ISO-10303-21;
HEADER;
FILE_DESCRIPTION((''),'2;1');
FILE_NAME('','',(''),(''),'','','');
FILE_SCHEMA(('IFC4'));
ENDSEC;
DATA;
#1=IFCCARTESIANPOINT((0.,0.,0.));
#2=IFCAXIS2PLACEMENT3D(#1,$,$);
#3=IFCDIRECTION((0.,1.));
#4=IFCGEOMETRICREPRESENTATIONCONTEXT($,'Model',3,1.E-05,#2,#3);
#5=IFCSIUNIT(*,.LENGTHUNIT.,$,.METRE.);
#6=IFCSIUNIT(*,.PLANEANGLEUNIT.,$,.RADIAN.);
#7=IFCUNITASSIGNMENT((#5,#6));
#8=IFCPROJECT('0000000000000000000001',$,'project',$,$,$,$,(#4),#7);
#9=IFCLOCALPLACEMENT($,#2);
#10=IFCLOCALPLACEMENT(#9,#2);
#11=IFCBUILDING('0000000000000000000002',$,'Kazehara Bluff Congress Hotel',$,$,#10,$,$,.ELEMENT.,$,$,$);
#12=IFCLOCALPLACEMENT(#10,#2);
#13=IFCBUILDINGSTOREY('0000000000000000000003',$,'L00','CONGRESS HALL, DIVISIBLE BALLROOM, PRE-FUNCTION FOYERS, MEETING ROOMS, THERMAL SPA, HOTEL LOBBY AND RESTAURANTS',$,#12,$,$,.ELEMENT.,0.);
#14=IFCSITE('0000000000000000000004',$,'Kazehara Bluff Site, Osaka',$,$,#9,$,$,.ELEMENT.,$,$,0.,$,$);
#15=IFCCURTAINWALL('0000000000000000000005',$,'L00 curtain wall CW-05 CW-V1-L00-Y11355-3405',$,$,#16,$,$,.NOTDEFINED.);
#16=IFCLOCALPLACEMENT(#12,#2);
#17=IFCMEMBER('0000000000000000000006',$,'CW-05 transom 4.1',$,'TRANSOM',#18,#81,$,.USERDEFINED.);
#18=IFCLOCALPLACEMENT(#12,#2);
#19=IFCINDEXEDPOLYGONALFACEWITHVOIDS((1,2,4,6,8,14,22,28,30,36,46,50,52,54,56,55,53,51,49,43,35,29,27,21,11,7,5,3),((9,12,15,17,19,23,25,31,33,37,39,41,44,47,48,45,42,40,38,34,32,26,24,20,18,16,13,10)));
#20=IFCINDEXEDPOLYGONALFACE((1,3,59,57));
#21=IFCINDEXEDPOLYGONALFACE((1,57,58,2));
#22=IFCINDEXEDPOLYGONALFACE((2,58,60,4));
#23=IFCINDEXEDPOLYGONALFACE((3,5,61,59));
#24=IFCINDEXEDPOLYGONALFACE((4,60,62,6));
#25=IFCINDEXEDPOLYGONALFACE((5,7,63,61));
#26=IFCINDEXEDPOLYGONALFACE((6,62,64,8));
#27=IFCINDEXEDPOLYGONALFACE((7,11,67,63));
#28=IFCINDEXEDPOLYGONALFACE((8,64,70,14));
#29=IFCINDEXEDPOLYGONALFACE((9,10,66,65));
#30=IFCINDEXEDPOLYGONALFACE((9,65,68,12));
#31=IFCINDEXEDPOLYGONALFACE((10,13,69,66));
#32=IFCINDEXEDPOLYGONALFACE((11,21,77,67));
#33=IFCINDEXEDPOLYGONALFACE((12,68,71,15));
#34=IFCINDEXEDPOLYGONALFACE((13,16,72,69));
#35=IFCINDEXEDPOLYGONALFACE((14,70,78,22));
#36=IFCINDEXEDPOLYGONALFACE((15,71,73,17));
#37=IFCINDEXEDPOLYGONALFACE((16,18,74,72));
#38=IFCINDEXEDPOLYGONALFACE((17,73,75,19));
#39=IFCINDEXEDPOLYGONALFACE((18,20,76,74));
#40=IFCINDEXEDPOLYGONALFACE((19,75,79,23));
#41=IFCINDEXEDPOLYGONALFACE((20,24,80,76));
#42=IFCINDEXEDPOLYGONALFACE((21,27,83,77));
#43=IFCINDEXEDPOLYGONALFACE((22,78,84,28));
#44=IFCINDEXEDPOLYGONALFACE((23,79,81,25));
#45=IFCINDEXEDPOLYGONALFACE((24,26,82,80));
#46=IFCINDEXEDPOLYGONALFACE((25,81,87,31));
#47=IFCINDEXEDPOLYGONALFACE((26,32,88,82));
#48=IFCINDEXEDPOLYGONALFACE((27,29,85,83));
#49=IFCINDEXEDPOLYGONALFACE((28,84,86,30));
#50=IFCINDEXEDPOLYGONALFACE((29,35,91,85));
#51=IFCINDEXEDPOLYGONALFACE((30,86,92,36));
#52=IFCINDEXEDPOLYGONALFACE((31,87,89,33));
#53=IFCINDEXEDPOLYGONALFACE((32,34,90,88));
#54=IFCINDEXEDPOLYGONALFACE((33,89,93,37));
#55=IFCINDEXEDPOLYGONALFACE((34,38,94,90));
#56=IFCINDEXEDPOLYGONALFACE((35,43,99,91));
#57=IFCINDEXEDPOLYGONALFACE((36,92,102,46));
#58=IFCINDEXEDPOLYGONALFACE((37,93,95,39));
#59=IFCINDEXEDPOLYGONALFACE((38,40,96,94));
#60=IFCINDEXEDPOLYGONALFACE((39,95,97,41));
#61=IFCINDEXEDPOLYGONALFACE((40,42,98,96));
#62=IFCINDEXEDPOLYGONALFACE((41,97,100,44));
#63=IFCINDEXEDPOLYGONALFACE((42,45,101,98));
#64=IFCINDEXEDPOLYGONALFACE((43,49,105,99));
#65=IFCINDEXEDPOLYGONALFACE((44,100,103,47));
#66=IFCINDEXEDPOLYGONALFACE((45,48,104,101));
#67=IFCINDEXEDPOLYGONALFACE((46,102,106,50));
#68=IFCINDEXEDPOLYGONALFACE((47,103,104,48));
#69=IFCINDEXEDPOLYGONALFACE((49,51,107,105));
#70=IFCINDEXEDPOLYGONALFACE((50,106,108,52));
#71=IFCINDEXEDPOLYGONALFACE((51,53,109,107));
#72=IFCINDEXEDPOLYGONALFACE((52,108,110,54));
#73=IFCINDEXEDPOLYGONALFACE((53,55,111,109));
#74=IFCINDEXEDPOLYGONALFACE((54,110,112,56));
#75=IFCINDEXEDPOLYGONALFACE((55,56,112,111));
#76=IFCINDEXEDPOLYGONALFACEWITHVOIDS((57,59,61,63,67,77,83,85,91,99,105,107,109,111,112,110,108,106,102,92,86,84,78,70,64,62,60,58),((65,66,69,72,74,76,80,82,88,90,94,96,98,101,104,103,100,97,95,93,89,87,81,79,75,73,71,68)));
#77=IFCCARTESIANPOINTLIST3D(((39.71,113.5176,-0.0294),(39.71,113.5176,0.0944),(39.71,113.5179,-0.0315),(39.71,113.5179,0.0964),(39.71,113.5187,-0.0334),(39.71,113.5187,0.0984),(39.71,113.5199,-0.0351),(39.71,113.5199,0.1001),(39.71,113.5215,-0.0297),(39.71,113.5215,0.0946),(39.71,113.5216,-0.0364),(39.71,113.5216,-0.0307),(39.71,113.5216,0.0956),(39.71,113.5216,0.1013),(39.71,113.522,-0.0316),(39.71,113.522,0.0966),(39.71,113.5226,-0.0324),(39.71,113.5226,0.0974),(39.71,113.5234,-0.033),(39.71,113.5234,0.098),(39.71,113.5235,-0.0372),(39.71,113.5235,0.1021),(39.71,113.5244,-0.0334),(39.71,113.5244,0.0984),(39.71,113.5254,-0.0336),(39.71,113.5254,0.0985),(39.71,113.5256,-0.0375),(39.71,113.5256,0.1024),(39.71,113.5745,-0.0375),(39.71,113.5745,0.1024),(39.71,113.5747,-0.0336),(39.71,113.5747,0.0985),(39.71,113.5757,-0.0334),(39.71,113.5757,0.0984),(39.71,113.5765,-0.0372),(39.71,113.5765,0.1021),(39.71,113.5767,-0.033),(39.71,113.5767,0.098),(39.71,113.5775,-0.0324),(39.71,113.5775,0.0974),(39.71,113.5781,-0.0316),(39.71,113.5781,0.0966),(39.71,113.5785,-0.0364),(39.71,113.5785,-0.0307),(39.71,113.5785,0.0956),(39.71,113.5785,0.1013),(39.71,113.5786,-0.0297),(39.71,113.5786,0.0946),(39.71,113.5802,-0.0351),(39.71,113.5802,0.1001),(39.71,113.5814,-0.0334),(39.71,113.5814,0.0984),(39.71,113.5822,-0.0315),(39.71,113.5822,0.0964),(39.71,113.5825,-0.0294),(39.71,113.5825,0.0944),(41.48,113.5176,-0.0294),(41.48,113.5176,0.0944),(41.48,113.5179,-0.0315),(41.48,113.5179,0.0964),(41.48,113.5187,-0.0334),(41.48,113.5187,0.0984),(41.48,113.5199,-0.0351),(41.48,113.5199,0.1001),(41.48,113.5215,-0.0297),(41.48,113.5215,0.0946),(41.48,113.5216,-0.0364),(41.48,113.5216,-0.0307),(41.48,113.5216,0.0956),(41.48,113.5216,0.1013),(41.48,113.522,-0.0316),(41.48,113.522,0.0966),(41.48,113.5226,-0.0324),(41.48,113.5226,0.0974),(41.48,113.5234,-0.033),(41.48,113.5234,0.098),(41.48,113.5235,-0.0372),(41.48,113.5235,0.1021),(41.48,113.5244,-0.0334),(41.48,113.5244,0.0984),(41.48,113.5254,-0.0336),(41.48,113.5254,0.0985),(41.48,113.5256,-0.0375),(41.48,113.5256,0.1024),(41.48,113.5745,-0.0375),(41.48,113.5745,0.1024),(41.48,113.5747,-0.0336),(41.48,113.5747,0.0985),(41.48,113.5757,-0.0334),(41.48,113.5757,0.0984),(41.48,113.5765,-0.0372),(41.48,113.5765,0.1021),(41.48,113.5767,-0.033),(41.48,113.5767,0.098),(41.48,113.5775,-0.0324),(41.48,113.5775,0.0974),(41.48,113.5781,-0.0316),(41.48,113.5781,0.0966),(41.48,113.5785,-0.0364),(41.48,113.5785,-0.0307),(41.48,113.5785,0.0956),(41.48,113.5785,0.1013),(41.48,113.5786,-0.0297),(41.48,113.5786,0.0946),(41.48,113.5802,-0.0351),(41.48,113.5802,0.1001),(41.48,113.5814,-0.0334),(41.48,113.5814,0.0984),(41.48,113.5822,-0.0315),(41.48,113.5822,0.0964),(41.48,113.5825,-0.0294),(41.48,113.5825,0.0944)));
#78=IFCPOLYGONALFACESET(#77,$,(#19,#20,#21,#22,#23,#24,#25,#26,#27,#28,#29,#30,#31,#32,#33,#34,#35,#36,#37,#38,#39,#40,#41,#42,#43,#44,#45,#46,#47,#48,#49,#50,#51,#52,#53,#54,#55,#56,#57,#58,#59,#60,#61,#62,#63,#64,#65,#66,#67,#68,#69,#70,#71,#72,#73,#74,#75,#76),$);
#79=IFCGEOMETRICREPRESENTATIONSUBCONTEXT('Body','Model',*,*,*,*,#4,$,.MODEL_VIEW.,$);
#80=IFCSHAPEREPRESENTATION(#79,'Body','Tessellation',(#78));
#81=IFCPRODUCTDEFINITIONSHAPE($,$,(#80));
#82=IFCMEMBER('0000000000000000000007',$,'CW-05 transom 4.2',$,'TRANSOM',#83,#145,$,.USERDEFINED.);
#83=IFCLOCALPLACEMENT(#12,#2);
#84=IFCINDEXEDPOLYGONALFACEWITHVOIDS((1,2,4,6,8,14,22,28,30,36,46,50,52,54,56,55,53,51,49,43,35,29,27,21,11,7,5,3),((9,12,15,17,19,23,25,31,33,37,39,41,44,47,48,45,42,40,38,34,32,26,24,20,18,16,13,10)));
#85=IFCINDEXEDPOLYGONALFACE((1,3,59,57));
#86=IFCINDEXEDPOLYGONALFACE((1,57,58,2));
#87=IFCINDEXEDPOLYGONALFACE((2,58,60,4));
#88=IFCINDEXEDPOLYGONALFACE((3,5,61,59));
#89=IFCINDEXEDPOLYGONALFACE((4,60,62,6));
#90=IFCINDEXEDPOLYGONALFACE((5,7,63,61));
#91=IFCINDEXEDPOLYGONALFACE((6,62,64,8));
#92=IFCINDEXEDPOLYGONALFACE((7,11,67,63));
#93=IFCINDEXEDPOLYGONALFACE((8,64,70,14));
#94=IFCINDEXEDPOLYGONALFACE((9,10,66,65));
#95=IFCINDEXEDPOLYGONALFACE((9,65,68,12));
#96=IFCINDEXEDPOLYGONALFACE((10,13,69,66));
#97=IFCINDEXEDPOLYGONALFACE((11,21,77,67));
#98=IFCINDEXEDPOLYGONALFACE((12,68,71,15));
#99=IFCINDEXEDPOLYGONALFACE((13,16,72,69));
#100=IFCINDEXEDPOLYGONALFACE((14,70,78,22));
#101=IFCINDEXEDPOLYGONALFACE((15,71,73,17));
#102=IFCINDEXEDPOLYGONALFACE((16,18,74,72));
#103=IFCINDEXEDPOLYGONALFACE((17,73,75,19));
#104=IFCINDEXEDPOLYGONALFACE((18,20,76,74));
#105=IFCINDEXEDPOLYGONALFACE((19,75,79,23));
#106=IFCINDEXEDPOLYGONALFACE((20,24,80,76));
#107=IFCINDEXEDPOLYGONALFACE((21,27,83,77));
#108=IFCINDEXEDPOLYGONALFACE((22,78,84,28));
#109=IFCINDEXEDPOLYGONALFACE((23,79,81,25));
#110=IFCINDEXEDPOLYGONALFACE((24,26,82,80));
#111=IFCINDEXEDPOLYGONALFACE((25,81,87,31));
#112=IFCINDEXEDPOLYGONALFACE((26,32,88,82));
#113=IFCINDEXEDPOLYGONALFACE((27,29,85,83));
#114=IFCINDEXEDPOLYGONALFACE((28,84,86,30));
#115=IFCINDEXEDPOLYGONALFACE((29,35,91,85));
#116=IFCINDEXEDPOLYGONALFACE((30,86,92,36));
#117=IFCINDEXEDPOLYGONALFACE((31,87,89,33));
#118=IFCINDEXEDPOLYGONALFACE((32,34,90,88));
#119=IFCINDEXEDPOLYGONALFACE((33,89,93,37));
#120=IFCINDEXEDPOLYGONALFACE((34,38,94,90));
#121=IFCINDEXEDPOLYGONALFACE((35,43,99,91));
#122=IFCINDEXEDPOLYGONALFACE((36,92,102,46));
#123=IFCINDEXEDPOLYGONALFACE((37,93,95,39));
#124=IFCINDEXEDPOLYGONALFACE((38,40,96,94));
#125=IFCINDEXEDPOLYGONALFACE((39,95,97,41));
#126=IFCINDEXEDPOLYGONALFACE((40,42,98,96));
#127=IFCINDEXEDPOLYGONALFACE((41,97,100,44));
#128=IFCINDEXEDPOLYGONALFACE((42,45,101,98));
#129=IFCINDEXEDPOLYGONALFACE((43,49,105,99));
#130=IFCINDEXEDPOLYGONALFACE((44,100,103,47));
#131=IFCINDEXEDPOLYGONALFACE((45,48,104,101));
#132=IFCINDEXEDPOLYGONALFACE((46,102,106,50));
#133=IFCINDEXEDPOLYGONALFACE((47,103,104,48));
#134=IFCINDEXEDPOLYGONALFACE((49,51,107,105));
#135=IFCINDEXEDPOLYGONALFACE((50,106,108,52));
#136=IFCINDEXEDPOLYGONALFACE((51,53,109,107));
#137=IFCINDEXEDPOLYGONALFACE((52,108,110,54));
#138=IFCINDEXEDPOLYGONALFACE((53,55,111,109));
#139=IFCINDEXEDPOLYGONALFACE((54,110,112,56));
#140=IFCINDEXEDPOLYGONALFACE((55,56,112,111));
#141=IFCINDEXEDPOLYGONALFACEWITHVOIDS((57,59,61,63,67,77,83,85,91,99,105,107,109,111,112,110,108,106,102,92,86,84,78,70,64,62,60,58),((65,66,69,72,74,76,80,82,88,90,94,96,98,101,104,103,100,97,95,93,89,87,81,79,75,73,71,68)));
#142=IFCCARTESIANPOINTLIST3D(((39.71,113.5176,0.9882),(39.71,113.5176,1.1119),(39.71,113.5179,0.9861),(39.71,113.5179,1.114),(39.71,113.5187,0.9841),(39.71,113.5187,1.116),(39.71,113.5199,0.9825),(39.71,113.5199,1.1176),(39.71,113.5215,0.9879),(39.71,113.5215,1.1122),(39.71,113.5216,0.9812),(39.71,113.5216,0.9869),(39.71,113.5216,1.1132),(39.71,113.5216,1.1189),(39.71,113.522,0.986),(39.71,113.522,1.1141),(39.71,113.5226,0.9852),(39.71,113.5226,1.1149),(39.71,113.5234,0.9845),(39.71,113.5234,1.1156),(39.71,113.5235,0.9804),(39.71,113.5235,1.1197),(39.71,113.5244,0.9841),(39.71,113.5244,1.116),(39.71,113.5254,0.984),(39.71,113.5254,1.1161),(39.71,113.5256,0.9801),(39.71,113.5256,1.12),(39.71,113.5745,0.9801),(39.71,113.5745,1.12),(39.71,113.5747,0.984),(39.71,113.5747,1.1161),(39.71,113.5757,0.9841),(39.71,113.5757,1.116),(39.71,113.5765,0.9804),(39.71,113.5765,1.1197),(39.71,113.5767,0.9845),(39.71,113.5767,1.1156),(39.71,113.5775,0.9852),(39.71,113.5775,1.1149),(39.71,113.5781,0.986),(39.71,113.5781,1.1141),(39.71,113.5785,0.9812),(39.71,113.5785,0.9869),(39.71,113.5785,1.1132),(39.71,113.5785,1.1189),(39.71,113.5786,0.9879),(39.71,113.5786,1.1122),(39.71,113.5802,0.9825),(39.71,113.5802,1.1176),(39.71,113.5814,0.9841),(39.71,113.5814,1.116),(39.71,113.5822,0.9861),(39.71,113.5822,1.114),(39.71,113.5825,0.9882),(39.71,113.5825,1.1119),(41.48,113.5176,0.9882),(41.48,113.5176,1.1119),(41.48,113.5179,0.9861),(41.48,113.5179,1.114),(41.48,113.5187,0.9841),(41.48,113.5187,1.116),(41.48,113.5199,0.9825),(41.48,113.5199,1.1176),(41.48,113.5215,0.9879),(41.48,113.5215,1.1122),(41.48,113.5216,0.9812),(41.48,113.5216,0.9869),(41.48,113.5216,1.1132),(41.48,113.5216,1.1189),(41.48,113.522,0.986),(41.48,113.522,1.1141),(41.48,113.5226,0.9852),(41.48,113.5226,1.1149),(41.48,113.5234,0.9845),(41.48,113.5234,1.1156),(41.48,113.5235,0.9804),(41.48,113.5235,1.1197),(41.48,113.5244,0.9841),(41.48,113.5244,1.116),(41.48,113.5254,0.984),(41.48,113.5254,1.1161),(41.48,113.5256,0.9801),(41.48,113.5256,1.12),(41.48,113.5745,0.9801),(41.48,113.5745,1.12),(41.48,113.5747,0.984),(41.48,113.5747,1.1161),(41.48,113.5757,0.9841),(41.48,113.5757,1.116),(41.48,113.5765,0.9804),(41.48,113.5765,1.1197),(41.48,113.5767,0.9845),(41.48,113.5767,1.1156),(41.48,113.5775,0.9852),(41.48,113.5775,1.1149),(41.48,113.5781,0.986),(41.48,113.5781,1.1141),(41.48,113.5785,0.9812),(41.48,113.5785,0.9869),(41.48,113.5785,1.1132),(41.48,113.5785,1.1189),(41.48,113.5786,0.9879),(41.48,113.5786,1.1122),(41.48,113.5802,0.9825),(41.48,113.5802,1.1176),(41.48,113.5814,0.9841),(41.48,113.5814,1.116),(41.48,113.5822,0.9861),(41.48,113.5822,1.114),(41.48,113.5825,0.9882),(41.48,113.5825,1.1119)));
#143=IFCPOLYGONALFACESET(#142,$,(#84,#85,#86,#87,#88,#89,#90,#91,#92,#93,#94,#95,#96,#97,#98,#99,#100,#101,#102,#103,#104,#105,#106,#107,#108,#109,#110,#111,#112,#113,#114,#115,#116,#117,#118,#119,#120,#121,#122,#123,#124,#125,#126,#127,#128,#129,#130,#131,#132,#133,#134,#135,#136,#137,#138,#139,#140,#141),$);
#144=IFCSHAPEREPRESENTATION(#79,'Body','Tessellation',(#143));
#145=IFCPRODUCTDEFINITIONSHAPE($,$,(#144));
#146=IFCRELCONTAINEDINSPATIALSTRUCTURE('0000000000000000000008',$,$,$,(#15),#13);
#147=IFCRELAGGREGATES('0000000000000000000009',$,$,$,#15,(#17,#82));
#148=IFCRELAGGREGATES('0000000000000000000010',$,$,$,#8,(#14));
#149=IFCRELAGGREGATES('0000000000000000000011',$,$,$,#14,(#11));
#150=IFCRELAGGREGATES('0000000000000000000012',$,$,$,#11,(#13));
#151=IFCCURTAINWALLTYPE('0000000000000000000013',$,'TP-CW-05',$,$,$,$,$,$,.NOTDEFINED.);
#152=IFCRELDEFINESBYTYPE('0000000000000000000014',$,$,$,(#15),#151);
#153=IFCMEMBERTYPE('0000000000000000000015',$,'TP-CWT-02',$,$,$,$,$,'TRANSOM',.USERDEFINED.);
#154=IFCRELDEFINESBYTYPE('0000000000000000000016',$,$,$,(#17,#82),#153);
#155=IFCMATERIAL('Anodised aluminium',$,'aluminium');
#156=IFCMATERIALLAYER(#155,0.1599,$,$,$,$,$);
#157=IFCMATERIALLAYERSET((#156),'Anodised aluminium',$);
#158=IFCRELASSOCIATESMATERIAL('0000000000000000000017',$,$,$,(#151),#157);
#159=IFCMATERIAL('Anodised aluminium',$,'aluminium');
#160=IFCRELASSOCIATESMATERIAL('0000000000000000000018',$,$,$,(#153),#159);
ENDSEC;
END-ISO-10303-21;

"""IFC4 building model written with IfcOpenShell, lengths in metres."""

from ifc_helpers import new_model, si_unit, direction, frame, origin, origin_2d, place, context, subcontext, project, spatial, hollow_rectangle, extrude, material, layer, layer_set, material_profile, profile_set, type_object, element, aggregate, save


model = new_model("IFC4")

# Units and contexts
model_context = context("Model", 3, precision=1e-05, world=origin(), true_north=direction((0.0, 1.0)))
body_context = subcontext(model_context, "Body", "Model", "MODEL_VIEW")
ifc_project = project(units=[si_unit("LENGTHUNIT", "METRE"), si_unit("PLANEANGLEUNIT", "RADIAN")], contexts=[model_context])

# Site, building, storey
site_placement = place(None, origin())
site = spatial("IfcSite", under=ifc_project, at=site_placement, Name="Kazehara Bluff Site, Osaka", CompositionType="ELEMENT", RefElevation=0.0)
building_placement = place(site_placement, origin())
building = spatial("IfcBuilding", under=site, at=building_placement, Name="Kazehara Bluff Congress Hotel", CompositionType="ELEMENT")
storey_placement = place(building_placement, origin())
storey = spatial("IfcBuildingStorey", under=building, at=storey_placement, Name="L00", Description="CONGRESS HALL, DIVISIBLE BALLROOM, PRE-FUNCTION FOYERS, MEETING ROOMS, THERMAL SPA, HOTEL LOBBY AND RESTAURANTS", CompositionType="ELEMENT", Elevation=0.0)

# Curtain wall
ifc_material_1 = material(Name="Anodised aluminium", Category="aluminium")
ifc_layer_1 = layer(ifc_material_1, 0.1599)
ifc_layer_set_1 = layer_set([ifc_layer_1], Name="Anodised aluminium")
curtain_wall_type_1 = type_object("IfcCurtainWallType", Name="TP-CW-05", PredefinedType="NOTDEFINED", material=ifc_layer_set_1)
curtain_wall_1_placement = place(storey_placement, origin())
curtain_wall_1 = element("IfcCurtainWall", 1, at=curtain_wall_1_placement, inside=storey, type_object=curtain_wall_type_1, Name="L00 curtain wall CW-05 CW-V1-L00-Y11355-3405", PredefinedType="NOTDEFINED")

# Members
ifc_material_2 = material(Name="Anodised aluminium", Category="aluminium")
ifc_material_profile_1 = material_profile(ifc_material_2, hollow_rectangle(XDim=0.0649, YDim=0.1399, WallThickness=0.0039, InnerFilletRadius=0.0039, OuterFilletRadius=0.0081, at=origin_2d()))
ifc_profile_set_1 = profile_set([ifc_material_profile_1], Name="Anodised aluminium")
member_type_1 = type_object("IfcMemberType", Name="TP-CWT-02", ElementType="TRANSOM", PredefinedType="USERDEFINED", material=ifc_profile_set_1)
member_1_placement = place(storey_placement, frame((39.71, 113.55, 0.0325), z_axis=(1.0, 0.0, 0.0), x_axis=(0.0, 1.0, 0.0)))
member_1 = element("IfcMember", 2, at=member_1_placement, type_object=member_type_1, Name="CW-05 transom 4.1", ObjectType="TRANSOM", PredefinedType="USERDEFINED", context=body_context, shape_type="SweptSolid", body=[
    extrude(hollow_rectangle(XDim=0.0649, YDim=0.1399, WallThickness=0.0039, InnerFilletRadius=0.0039, OuterFilletRadius=0.0081, at=origin_2d()), origin(), (0.0, 0.0, 1.0), 1.77),
])
member_2_placement = place(storey_placement, frame((39.71, 113.55, 1.05), z_axis=(1.0, 0.0, 0.0), x_axis=(0.0, 1.0, 0.0)))
member_2 = element("IfcMember", 3, at=member_2_placement, type_object=member_type_1, Name="CW-05 transom 4.2", ObjectType="TRANSOM", PredefinedType="USERDEFINED", context=body_context, shape_type="SweptSolid", body=[
    extrude(hollow_rectangle(XDim=0.0649, YDim=0.1399, WallThickness=0.0039, InnerFilletRadius=0.0039, OuterFilletRadius=0.0081, at=origin_2d()), origin(), (0.0, 0.0, 1.0), 1.77),
])

aggregate(curtain_wall_1, [member_1, member_2])

save(model, "model.ifc")
